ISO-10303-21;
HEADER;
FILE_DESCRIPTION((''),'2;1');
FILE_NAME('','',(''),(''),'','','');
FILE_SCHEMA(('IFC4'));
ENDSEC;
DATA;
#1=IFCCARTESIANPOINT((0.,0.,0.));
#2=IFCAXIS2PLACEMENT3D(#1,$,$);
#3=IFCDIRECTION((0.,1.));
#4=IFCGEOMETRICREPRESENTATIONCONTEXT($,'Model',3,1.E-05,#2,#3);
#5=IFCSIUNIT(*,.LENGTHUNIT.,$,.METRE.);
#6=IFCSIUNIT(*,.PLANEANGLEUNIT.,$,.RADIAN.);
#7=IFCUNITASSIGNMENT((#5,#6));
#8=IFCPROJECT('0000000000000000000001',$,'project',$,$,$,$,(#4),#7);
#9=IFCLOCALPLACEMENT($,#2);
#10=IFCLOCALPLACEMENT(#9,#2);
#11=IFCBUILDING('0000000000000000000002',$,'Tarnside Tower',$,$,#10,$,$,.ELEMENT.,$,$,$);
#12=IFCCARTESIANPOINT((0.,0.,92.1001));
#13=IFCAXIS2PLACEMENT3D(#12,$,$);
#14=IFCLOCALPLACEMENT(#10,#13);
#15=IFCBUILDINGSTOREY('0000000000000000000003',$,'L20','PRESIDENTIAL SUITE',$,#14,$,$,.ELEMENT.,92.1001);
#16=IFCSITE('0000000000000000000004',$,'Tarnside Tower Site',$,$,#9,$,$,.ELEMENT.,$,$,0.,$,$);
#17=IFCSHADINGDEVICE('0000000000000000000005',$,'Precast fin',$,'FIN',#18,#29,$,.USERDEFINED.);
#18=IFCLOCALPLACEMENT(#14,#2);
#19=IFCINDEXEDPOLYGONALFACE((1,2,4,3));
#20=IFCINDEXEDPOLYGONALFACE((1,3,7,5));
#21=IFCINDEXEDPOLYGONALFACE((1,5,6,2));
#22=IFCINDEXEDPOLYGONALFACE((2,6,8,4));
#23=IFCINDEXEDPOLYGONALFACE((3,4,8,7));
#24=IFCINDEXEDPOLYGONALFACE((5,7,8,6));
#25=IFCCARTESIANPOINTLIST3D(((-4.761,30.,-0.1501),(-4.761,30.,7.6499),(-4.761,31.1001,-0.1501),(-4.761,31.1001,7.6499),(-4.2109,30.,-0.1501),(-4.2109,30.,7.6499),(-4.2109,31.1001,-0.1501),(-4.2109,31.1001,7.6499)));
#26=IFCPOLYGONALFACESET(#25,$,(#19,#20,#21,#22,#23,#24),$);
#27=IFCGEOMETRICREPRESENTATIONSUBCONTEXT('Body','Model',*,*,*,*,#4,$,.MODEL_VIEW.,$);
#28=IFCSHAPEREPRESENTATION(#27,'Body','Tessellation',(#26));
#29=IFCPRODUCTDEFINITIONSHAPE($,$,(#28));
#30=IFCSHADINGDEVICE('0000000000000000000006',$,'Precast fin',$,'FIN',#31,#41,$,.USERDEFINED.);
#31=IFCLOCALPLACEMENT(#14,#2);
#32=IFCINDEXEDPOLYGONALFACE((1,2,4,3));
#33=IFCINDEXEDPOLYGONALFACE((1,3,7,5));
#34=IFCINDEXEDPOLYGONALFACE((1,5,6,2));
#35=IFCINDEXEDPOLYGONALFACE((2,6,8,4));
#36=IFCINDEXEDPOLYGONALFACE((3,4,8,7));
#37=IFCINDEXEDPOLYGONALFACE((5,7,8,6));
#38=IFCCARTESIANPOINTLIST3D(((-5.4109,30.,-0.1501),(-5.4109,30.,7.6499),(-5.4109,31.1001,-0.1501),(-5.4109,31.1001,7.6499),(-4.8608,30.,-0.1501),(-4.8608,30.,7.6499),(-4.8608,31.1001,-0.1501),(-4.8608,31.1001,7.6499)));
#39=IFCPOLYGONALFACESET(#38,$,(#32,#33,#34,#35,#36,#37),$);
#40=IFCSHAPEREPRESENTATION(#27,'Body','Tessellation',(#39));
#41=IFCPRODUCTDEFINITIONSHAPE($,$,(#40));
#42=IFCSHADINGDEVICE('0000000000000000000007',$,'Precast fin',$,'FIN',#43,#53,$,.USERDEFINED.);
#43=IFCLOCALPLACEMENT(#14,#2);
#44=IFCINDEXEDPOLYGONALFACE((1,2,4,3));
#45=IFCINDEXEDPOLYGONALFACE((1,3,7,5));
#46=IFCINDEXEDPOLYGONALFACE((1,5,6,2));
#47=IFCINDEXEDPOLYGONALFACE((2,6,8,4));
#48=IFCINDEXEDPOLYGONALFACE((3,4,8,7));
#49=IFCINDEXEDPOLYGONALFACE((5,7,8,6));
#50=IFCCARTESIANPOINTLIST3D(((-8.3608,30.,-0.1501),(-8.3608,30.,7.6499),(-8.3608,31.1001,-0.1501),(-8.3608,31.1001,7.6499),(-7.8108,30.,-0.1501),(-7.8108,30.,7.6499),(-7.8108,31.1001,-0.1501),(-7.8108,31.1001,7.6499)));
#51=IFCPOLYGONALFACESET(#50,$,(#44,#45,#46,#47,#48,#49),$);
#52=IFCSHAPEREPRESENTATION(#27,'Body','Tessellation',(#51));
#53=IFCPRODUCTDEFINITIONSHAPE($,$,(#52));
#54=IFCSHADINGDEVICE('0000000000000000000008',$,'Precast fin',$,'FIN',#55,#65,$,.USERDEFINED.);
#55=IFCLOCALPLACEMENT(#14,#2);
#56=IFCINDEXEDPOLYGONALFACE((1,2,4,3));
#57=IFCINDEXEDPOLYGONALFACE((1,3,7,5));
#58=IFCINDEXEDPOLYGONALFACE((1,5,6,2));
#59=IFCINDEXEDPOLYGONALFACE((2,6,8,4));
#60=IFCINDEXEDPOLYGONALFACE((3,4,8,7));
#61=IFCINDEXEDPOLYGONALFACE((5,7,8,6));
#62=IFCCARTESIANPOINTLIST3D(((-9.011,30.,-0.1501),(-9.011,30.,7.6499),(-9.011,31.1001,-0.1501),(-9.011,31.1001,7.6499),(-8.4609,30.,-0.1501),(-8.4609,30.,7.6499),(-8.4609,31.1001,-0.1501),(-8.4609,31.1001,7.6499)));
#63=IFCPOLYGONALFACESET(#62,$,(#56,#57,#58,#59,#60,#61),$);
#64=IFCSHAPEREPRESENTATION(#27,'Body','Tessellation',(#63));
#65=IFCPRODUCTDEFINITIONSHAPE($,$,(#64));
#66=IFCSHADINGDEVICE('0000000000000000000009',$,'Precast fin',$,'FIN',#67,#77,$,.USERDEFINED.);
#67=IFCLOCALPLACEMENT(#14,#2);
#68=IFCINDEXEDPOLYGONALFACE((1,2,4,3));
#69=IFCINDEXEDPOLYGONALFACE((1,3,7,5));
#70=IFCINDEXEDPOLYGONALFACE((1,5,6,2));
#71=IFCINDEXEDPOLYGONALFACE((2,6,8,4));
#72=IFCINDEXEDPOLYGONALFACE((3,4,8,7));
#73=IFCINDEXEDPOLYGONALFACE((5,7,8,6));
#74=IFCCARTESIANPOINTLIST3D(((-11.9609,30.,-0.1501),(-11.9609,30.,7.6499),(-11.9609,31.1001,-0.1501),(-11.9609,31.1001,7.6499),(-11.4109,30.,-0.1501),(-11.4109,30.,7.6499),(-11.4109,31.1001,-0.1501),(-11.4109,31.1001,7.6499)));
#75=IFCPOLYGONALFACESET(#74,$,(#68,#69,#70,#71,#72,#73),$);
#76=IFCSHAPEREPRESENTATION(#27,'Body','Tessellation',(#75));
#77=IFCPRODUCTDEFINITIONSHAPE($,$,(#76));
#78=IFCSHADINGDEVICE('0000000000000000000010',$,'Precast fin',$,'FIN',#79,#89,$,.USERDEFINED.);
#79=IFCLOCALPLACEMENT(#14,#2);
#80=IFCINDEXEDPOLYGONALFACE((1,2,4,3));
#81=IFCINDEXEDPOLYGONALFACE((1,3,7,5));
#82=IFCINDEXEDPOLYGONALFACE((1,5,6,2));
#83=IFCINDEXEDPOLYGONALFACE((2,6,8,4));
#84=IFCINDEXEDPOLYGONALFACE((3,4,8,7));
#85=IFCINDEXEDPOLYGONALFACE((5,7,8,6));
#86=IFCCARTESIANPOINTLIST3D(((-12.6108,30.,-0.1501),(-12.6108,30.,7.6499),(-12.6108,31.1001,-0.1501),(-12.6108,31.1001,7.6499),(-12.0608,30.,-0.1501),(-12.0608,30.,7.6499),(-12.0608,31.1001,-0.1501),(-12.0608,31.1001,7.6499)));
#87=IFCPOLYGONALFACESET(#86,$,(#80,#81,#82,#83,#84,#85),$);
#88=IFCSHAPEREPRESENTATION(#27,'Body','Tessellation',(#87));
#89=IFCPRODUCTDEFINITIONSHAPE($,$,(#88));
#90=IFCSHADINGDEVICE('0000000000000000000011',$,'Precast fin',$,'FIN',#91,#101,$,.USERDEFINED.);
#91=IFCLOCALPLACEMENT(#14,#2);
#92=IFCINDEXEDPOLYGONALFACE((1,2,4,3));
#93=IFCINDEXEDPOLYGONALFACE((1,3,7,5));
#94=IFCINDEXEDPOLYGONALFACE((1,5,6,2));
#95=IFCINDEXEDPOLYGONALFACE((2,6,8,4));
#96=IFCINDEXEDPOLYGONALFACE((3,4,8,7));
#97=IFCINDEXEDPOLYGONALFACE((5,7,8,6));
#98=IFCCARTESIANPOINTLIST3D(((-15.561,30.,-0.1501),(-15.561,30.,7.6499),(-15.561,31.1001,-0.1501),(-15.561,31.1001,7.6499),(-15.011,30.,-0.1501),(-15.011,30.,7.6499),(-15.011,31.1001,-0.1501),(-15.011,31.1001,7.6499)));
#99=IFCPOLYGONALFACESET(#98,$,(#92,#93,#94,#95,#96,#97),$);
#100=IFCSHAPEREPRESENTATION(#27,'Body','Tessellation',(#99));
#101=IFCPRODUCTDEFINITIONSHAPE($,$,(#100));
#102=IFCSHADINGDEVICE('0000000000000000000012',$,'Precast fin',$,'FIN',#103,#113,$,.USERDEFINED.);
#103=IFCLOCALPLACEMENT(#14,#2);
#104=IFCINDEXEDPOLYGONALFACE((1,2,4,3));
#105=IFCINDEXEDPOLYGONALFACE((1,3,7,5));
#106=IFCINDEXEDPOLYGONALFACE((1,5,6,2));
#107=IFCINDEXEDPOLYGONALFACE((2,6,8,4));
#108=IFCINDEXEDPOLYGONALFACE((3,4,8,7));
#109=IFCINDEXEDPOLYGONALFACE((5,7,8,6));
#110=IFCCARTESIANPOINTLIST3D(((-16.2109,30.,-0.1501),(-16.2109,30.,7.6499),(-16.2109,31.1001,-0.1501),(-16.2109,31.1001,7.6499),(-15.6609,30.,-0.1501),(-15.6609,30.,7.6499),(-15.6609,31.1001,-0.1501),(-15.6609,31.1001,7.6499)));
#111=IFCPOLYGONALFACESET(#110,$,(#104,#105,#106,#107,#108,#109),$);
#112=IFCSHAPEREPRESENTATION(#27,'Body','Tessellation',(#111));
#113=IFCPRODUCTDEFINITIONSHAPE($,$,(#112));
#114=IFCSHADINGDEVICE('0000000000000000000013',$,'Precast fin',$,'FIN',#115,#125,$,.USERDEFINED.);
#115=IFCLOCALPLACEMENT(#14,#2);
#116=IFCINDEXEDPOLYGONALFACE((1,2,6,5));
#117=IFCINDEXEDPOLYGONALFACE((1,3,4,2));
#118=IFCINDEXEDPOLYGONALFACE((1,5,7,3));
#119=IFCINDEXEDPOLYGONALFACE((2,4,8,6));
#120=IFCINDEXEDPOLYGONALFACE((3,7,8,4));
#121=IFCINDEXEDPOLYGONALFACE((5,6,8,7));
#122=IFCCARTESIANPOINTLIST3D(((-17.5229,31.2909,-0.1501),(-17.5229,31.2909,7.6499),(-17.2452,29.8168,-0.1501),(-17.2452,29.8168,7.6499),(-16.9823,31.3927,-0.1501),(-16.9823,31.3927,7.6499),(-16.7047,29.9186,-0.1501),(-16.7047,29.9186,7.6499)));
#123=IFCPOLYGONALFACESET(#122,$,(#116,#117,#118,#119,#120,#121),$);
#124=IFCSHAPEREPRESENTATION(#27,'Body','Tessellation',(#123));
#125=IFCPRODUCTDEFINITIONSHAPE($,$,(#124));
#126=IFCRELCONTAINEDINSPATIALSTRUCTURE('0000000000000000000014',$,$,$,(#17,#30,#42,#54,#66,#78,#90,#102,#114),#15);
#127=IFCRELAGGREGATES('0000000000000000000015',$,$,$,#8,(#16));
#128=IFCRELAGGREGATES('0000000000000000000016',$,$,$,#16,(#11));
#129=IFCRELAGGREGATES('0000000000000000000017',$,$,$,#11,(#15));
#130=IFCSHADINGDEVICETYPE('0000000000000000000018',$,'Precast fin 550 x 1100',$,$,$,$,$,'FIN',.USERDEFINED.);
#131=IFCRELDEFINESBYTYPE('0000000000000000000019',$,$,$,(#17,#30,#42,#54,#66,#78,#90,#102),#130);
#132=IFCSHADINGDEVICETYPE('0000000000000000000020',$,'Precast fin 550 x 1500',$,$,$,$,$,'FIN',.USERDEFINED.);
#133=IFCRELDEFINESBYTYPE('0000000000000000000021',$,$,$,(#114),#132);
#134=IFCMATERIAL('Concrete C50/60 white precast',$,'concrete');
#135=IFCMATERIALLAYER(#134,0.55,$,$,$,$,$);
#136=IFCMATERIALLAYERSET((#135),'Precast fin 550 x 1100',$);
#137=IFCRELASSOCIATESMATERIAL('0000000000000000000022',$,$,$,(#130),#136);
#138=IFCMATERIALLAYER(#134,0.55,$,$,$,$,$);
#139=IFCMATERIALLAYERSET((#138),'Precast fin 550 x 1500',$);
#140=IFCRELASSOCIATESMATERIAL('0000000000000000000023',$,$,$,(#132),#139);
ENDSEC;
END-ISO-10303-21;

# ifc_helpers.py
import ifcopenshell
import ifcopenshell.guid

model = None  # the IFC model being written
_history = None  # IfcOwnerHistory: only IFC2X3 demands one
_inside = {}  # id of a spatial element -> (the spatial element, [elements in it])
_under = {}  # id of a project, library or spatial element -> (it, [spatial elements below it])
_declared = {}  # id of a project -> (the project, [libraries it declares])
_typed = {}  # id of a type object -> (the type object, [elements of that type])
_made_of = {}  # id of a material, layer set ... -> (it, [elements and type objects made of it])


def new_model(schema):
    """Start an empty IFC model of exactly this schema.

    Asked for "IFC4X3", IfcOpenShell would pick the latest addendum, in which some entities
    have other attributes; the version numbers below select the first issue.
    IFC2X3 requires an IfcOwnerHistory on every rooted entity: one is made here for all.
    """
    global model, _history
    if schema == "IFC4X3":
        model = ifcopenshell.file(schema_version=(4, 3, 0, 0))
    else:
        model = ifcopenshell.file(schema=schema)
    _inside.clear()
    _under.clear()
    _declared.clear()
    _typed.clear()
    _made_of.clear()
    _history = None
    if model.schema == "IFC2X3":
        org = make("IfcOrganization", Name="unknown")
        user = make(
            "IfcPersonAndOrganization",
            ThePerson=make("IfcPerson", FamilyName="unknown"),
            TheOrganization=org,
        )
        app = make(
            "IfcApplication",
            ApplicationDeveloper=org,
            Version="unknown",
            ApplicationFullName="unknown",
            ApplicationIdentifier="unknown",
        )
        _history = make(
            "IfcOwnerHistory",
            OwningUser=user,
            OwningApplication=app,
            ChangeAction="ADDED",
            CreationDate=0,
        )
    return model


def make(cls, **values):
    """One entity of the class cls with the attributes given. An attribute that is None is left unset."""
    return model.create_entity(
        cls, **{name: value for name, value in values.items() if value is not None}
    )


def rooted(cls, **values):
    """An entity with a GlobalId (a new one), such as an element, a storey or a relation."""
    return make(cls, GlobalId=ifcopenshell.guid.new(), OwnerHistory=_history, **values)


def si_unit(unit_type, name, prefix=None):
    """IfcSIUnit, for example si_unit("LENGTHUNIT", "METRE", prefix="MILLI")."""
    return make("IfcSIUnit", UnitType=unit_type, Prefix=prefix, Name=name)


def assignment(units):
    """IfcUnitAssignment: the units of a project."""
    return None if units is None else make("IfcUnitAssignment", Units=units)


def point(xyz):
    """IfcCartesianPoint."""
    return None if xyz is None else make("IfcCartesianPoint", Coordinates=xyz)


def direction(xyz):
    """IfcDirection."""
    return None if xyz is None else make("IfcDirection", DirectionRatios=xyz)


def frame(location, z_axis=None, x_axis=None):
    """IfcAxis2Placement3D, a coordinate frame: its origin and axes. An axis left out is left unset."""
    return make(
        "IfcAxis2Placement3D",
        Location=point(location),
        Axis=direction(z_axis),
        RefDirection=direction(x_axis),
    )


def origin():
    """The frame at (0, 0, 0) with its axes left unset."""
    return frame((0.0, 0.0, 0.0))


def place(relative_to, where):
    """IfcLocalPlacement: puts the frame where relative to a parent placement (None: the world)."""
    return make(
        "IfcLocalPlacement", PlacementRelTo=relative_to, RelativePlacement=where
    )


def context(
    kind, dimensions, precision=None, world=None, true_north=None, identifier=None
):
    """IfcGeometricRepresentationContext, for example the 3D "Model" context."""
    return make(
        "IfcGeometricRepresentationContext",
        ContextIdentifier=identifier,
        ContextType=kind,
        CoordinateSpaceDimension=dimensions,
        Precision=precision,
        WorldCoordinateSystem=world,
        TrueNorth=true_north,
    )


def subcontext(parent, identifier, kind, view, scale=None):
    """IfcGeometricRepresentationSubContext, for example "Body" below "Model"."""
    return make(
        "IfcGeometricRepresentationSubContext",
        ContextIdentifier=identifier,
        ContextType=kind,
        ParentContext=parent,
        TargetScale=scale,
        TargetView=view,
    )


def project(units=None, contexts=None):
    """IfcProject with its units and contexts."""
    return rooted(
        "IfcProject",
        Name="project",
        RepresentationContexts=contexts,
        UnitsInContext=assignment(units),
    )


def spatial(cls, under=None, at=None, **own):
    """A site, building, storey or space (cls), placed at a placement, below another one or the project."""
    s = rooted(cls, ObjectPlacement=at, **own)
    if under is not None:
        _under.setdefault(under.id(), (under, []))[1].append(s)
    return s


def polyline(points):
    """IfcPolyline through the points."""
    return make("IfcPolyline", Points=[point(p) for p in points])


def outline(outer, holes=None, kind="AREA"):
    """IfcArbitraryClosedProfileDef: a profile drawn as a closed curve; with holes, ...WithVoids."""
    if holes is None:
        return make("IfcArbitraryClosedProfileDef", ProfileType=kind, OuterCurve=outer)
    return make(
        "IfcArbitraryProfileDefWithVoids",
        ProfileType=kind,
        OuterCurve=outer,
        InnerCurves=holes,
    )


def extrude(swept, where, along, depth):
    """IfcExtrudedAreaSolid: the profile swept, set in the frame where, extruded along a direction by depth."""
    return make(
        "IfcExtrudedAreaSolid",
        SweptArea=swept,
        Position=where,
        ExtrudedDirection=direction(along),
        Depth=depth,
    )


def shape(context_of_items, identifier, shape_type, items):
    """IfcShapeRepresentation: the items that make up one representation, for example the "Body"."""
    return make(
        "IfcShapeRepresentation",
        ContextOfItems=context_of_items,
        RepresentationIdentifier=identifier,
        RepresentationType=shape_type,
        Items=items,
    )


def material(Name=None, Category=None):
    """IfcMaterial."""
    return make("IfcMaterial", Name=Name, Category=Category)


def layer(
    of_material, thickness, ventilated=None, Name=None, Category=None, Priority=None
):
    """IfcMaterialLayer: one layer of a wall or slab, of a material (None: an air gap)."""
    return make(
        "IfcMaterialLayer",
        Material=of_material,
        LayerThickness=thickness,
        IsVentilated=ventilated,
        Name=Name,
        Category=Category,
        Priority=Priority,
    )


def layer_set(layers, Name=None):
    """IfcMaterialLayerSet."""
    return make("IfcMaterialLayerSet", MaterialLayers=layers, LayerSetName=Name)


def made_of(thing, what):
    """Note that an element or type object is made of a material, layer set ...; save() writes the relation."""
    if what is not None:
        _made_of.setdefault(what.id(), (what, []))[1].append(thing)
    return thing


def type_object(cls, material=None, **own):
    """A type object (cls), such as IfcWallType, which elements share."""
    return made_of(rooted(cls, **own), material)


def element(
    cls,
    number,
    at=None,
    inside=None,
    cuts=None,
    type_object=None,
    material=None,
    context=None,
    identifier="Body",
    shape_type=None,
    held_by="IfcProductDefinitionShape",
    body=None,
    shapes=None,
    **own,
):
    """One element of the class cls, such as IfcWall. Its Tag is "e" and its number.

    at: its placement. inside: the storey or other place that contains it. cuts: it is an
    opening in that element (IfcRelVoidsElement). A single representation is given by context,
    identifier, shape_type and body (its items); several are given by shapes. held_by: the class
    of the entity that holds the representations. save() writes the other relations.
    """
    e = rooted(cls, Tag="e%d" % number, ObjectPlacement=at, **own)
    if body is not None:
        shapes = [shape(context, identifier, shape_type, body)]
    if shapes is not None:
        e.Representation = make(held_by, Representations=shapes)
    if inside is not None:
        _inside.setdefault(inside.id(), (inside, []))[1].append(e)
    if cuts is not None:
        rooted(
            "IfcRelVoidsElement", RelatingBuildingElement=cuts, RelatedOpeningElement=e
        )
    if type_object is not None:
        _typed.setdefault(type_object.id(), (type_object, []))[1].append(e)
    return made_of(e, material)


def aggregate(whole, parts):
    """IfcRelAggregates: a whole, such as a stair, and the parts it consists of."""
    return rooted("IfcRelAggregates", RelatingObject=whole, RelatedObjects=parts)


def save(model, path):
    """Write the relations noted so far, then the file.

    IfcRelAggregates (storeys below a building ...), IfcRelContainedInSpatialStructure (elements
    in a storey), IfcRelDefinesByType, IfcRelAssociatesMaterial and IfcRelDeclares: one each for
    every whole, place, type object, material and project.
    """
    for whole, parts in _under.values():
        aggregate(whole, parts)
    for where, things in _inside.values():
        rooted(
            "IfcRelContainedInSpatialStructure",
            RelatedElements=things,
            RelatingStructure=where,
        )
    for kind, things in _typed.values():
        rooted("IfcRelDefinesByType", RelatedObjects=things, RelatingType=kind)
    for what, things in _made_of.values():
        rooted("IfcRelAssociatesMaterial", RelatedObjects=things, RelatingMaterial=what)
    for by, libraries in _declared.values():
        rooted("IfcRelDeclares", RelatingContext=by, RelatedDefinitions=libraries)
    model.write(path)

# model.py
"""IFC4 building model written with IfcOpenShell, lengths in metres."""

from ifc_helpers import new_model, si_unit, direction, frame, origin, place, context, subcontext, project, spatial, polyline, outline, extrude, material, layer, layer_set, type_object, element, save


model = new_model("IFC4")

# Units and contexts
model_context = context("Model", 3, precision=1e-05, world=origin(), true_north=direction((0.0, 1.0)))
body_context = subcontext(model_context, "Body", "Model", "MODEL_VIEW")
ifc_project = project(units=[si_unit("LENGTHUNIT", "METRE"), si_unit("PLANEANGLEUNIT", "RADIAN")], contexts=[model_context])

# Site, building, storey
site_placement = place(None, origin())
site = spatial("IfcSite", under=ifc_project, at=site_placement, Name="Tarnside Tower Site", CompositionType="ELEMENT", RefElevation=0.0)
building_placement = place(site_placement, origin())
building = spatial("IfcBuilding", under=site, at=building_placement, Name="Tarnside Tower", CompositionType="ELEMENT")
storey_placement = place(building_placement, frame((0.0, 0.0, 92.1001)))
storey = spatial("IfcBuildingStorey", under=building, at=storey_placement, Name="L20", Description="PRESIDENTIAL SUITE", CompositionType="ELEMENT", Elevation=92.1001)

# Shading devices
ifc_material_1 = material(Name="Concrete C50/60 white precast", Category="concrete")
ifc_layer_1 = layer(ifc_material_1, 0.55)
ifc_layer_set_1 = layer_set([ifc_layer_1], Name="Precast fin 550 x 1100")
shading_device_type_1 = type_object("IfcShadingDeviceType", Name="Precast fin 550 x 1100", ElementType="FIN", PredefinedType="USERDEFINED", material=ifc_layer_set_1)
for number, where, z_axis, x_axis, name in (
    (1, (-4.4861, 30.0, -0.1501), (1.0, 0.0, 0.0), (0.0, 1.0, 0.0), "Precast fin"),
    (2, (-5.136, 30.0, -0.1501), (1.0, 0.0, 0.0), (0.0, 1.0, 0.0), "Precast fin"),
    (3, (-8.0859, 30.0, -0.1501), (1.0, 0.0, 0.0), (0.0, 1.0, 0.0), "Precast fin"),
    (4, (-8.7361, 30.0, -0.1501), (1.0, 0.0, 0.0), (0.0, 1.0, 0.0), "Precast fin"),
    (5, (-11.686, 30.0, -0.1501), (1.0, 0.0, 0.0), (0.0, 1.0, 0.0), "Precast fin"),
    (6, (-12.3359, 30.0, -0.1501), (1.0, 0.0, 0.0), (0.0, 1.0, 0.0), "Precast fin"),
    (7, (-15.2861, 30.0, -0.1501), (1.0, 0.0, 0.0), (0.0, 1.0, 0.0), "Precast fin"),
    (8, (-15.936, 30.0, -0.1501), (1.0, 0.0, 0.0), (0.0, 1.0, 0.0), "Precast fin"),
):
    element("IfcShadingDevice", number, at=place(storey_placement, frame(where, z_axis=z_axis, x_axis=x_axis)), inside=storey, type_object=shading_device_type_1, Name=name, ObjectType="FIN", PredefinedType="USERDEFINED", context=body_context, shape_type="SweptSolid", body=[
        extrude(outline(polyline([(0.0, 0.0), (1.1001, 0.0), (1.1001, 7.8), (0.0, 7.8), (0.0, 0.0)])), frame((0.0, 0.0, -0.2749)), (0.0, 0.0, 1.0), 0.55),
    ])
ifc_layer_2 = layer(ifc_material_1, 0.55)
ifc_layer_set_2 = layer_set([ifc_layer_2], Name="Precast fin 550 x 1500")
shading_device_type_2 = type_object("IfcShadingDeviceType", Name="Precast fin 550 x 1500", ElementType="FIN", PredefinedType="USERDEFINED", material=ifc_layer_set_2)
shading_device_placement = place(storey_placement, frame((-16.9751, 29.8677, -0.1501), z_axis=(0.982721, 0.185095, 0.0), x_axis=(-0.185095, 0.982721, 0.0)))
element("IfcShadingDevice", 9, at=shading_device_placement, inside=storey, type_object=shading_device_type_2, Name="Precast fin", ObjectType="FIN", PredefinedType="USERDEFINED", context=body_context, shape_type="SweptSolid", body=[
    extrude(outline(polyline([(0.0, 0.0), (1.5, 0.0), (1.5, 7.8), (0.0, 7.8), (0.0, 0.0)])), frame((0.0, 0.0, -0.2749)), (0.0, 0.0, 1.0), 0.55),
])

save(model, "model.ifc")
